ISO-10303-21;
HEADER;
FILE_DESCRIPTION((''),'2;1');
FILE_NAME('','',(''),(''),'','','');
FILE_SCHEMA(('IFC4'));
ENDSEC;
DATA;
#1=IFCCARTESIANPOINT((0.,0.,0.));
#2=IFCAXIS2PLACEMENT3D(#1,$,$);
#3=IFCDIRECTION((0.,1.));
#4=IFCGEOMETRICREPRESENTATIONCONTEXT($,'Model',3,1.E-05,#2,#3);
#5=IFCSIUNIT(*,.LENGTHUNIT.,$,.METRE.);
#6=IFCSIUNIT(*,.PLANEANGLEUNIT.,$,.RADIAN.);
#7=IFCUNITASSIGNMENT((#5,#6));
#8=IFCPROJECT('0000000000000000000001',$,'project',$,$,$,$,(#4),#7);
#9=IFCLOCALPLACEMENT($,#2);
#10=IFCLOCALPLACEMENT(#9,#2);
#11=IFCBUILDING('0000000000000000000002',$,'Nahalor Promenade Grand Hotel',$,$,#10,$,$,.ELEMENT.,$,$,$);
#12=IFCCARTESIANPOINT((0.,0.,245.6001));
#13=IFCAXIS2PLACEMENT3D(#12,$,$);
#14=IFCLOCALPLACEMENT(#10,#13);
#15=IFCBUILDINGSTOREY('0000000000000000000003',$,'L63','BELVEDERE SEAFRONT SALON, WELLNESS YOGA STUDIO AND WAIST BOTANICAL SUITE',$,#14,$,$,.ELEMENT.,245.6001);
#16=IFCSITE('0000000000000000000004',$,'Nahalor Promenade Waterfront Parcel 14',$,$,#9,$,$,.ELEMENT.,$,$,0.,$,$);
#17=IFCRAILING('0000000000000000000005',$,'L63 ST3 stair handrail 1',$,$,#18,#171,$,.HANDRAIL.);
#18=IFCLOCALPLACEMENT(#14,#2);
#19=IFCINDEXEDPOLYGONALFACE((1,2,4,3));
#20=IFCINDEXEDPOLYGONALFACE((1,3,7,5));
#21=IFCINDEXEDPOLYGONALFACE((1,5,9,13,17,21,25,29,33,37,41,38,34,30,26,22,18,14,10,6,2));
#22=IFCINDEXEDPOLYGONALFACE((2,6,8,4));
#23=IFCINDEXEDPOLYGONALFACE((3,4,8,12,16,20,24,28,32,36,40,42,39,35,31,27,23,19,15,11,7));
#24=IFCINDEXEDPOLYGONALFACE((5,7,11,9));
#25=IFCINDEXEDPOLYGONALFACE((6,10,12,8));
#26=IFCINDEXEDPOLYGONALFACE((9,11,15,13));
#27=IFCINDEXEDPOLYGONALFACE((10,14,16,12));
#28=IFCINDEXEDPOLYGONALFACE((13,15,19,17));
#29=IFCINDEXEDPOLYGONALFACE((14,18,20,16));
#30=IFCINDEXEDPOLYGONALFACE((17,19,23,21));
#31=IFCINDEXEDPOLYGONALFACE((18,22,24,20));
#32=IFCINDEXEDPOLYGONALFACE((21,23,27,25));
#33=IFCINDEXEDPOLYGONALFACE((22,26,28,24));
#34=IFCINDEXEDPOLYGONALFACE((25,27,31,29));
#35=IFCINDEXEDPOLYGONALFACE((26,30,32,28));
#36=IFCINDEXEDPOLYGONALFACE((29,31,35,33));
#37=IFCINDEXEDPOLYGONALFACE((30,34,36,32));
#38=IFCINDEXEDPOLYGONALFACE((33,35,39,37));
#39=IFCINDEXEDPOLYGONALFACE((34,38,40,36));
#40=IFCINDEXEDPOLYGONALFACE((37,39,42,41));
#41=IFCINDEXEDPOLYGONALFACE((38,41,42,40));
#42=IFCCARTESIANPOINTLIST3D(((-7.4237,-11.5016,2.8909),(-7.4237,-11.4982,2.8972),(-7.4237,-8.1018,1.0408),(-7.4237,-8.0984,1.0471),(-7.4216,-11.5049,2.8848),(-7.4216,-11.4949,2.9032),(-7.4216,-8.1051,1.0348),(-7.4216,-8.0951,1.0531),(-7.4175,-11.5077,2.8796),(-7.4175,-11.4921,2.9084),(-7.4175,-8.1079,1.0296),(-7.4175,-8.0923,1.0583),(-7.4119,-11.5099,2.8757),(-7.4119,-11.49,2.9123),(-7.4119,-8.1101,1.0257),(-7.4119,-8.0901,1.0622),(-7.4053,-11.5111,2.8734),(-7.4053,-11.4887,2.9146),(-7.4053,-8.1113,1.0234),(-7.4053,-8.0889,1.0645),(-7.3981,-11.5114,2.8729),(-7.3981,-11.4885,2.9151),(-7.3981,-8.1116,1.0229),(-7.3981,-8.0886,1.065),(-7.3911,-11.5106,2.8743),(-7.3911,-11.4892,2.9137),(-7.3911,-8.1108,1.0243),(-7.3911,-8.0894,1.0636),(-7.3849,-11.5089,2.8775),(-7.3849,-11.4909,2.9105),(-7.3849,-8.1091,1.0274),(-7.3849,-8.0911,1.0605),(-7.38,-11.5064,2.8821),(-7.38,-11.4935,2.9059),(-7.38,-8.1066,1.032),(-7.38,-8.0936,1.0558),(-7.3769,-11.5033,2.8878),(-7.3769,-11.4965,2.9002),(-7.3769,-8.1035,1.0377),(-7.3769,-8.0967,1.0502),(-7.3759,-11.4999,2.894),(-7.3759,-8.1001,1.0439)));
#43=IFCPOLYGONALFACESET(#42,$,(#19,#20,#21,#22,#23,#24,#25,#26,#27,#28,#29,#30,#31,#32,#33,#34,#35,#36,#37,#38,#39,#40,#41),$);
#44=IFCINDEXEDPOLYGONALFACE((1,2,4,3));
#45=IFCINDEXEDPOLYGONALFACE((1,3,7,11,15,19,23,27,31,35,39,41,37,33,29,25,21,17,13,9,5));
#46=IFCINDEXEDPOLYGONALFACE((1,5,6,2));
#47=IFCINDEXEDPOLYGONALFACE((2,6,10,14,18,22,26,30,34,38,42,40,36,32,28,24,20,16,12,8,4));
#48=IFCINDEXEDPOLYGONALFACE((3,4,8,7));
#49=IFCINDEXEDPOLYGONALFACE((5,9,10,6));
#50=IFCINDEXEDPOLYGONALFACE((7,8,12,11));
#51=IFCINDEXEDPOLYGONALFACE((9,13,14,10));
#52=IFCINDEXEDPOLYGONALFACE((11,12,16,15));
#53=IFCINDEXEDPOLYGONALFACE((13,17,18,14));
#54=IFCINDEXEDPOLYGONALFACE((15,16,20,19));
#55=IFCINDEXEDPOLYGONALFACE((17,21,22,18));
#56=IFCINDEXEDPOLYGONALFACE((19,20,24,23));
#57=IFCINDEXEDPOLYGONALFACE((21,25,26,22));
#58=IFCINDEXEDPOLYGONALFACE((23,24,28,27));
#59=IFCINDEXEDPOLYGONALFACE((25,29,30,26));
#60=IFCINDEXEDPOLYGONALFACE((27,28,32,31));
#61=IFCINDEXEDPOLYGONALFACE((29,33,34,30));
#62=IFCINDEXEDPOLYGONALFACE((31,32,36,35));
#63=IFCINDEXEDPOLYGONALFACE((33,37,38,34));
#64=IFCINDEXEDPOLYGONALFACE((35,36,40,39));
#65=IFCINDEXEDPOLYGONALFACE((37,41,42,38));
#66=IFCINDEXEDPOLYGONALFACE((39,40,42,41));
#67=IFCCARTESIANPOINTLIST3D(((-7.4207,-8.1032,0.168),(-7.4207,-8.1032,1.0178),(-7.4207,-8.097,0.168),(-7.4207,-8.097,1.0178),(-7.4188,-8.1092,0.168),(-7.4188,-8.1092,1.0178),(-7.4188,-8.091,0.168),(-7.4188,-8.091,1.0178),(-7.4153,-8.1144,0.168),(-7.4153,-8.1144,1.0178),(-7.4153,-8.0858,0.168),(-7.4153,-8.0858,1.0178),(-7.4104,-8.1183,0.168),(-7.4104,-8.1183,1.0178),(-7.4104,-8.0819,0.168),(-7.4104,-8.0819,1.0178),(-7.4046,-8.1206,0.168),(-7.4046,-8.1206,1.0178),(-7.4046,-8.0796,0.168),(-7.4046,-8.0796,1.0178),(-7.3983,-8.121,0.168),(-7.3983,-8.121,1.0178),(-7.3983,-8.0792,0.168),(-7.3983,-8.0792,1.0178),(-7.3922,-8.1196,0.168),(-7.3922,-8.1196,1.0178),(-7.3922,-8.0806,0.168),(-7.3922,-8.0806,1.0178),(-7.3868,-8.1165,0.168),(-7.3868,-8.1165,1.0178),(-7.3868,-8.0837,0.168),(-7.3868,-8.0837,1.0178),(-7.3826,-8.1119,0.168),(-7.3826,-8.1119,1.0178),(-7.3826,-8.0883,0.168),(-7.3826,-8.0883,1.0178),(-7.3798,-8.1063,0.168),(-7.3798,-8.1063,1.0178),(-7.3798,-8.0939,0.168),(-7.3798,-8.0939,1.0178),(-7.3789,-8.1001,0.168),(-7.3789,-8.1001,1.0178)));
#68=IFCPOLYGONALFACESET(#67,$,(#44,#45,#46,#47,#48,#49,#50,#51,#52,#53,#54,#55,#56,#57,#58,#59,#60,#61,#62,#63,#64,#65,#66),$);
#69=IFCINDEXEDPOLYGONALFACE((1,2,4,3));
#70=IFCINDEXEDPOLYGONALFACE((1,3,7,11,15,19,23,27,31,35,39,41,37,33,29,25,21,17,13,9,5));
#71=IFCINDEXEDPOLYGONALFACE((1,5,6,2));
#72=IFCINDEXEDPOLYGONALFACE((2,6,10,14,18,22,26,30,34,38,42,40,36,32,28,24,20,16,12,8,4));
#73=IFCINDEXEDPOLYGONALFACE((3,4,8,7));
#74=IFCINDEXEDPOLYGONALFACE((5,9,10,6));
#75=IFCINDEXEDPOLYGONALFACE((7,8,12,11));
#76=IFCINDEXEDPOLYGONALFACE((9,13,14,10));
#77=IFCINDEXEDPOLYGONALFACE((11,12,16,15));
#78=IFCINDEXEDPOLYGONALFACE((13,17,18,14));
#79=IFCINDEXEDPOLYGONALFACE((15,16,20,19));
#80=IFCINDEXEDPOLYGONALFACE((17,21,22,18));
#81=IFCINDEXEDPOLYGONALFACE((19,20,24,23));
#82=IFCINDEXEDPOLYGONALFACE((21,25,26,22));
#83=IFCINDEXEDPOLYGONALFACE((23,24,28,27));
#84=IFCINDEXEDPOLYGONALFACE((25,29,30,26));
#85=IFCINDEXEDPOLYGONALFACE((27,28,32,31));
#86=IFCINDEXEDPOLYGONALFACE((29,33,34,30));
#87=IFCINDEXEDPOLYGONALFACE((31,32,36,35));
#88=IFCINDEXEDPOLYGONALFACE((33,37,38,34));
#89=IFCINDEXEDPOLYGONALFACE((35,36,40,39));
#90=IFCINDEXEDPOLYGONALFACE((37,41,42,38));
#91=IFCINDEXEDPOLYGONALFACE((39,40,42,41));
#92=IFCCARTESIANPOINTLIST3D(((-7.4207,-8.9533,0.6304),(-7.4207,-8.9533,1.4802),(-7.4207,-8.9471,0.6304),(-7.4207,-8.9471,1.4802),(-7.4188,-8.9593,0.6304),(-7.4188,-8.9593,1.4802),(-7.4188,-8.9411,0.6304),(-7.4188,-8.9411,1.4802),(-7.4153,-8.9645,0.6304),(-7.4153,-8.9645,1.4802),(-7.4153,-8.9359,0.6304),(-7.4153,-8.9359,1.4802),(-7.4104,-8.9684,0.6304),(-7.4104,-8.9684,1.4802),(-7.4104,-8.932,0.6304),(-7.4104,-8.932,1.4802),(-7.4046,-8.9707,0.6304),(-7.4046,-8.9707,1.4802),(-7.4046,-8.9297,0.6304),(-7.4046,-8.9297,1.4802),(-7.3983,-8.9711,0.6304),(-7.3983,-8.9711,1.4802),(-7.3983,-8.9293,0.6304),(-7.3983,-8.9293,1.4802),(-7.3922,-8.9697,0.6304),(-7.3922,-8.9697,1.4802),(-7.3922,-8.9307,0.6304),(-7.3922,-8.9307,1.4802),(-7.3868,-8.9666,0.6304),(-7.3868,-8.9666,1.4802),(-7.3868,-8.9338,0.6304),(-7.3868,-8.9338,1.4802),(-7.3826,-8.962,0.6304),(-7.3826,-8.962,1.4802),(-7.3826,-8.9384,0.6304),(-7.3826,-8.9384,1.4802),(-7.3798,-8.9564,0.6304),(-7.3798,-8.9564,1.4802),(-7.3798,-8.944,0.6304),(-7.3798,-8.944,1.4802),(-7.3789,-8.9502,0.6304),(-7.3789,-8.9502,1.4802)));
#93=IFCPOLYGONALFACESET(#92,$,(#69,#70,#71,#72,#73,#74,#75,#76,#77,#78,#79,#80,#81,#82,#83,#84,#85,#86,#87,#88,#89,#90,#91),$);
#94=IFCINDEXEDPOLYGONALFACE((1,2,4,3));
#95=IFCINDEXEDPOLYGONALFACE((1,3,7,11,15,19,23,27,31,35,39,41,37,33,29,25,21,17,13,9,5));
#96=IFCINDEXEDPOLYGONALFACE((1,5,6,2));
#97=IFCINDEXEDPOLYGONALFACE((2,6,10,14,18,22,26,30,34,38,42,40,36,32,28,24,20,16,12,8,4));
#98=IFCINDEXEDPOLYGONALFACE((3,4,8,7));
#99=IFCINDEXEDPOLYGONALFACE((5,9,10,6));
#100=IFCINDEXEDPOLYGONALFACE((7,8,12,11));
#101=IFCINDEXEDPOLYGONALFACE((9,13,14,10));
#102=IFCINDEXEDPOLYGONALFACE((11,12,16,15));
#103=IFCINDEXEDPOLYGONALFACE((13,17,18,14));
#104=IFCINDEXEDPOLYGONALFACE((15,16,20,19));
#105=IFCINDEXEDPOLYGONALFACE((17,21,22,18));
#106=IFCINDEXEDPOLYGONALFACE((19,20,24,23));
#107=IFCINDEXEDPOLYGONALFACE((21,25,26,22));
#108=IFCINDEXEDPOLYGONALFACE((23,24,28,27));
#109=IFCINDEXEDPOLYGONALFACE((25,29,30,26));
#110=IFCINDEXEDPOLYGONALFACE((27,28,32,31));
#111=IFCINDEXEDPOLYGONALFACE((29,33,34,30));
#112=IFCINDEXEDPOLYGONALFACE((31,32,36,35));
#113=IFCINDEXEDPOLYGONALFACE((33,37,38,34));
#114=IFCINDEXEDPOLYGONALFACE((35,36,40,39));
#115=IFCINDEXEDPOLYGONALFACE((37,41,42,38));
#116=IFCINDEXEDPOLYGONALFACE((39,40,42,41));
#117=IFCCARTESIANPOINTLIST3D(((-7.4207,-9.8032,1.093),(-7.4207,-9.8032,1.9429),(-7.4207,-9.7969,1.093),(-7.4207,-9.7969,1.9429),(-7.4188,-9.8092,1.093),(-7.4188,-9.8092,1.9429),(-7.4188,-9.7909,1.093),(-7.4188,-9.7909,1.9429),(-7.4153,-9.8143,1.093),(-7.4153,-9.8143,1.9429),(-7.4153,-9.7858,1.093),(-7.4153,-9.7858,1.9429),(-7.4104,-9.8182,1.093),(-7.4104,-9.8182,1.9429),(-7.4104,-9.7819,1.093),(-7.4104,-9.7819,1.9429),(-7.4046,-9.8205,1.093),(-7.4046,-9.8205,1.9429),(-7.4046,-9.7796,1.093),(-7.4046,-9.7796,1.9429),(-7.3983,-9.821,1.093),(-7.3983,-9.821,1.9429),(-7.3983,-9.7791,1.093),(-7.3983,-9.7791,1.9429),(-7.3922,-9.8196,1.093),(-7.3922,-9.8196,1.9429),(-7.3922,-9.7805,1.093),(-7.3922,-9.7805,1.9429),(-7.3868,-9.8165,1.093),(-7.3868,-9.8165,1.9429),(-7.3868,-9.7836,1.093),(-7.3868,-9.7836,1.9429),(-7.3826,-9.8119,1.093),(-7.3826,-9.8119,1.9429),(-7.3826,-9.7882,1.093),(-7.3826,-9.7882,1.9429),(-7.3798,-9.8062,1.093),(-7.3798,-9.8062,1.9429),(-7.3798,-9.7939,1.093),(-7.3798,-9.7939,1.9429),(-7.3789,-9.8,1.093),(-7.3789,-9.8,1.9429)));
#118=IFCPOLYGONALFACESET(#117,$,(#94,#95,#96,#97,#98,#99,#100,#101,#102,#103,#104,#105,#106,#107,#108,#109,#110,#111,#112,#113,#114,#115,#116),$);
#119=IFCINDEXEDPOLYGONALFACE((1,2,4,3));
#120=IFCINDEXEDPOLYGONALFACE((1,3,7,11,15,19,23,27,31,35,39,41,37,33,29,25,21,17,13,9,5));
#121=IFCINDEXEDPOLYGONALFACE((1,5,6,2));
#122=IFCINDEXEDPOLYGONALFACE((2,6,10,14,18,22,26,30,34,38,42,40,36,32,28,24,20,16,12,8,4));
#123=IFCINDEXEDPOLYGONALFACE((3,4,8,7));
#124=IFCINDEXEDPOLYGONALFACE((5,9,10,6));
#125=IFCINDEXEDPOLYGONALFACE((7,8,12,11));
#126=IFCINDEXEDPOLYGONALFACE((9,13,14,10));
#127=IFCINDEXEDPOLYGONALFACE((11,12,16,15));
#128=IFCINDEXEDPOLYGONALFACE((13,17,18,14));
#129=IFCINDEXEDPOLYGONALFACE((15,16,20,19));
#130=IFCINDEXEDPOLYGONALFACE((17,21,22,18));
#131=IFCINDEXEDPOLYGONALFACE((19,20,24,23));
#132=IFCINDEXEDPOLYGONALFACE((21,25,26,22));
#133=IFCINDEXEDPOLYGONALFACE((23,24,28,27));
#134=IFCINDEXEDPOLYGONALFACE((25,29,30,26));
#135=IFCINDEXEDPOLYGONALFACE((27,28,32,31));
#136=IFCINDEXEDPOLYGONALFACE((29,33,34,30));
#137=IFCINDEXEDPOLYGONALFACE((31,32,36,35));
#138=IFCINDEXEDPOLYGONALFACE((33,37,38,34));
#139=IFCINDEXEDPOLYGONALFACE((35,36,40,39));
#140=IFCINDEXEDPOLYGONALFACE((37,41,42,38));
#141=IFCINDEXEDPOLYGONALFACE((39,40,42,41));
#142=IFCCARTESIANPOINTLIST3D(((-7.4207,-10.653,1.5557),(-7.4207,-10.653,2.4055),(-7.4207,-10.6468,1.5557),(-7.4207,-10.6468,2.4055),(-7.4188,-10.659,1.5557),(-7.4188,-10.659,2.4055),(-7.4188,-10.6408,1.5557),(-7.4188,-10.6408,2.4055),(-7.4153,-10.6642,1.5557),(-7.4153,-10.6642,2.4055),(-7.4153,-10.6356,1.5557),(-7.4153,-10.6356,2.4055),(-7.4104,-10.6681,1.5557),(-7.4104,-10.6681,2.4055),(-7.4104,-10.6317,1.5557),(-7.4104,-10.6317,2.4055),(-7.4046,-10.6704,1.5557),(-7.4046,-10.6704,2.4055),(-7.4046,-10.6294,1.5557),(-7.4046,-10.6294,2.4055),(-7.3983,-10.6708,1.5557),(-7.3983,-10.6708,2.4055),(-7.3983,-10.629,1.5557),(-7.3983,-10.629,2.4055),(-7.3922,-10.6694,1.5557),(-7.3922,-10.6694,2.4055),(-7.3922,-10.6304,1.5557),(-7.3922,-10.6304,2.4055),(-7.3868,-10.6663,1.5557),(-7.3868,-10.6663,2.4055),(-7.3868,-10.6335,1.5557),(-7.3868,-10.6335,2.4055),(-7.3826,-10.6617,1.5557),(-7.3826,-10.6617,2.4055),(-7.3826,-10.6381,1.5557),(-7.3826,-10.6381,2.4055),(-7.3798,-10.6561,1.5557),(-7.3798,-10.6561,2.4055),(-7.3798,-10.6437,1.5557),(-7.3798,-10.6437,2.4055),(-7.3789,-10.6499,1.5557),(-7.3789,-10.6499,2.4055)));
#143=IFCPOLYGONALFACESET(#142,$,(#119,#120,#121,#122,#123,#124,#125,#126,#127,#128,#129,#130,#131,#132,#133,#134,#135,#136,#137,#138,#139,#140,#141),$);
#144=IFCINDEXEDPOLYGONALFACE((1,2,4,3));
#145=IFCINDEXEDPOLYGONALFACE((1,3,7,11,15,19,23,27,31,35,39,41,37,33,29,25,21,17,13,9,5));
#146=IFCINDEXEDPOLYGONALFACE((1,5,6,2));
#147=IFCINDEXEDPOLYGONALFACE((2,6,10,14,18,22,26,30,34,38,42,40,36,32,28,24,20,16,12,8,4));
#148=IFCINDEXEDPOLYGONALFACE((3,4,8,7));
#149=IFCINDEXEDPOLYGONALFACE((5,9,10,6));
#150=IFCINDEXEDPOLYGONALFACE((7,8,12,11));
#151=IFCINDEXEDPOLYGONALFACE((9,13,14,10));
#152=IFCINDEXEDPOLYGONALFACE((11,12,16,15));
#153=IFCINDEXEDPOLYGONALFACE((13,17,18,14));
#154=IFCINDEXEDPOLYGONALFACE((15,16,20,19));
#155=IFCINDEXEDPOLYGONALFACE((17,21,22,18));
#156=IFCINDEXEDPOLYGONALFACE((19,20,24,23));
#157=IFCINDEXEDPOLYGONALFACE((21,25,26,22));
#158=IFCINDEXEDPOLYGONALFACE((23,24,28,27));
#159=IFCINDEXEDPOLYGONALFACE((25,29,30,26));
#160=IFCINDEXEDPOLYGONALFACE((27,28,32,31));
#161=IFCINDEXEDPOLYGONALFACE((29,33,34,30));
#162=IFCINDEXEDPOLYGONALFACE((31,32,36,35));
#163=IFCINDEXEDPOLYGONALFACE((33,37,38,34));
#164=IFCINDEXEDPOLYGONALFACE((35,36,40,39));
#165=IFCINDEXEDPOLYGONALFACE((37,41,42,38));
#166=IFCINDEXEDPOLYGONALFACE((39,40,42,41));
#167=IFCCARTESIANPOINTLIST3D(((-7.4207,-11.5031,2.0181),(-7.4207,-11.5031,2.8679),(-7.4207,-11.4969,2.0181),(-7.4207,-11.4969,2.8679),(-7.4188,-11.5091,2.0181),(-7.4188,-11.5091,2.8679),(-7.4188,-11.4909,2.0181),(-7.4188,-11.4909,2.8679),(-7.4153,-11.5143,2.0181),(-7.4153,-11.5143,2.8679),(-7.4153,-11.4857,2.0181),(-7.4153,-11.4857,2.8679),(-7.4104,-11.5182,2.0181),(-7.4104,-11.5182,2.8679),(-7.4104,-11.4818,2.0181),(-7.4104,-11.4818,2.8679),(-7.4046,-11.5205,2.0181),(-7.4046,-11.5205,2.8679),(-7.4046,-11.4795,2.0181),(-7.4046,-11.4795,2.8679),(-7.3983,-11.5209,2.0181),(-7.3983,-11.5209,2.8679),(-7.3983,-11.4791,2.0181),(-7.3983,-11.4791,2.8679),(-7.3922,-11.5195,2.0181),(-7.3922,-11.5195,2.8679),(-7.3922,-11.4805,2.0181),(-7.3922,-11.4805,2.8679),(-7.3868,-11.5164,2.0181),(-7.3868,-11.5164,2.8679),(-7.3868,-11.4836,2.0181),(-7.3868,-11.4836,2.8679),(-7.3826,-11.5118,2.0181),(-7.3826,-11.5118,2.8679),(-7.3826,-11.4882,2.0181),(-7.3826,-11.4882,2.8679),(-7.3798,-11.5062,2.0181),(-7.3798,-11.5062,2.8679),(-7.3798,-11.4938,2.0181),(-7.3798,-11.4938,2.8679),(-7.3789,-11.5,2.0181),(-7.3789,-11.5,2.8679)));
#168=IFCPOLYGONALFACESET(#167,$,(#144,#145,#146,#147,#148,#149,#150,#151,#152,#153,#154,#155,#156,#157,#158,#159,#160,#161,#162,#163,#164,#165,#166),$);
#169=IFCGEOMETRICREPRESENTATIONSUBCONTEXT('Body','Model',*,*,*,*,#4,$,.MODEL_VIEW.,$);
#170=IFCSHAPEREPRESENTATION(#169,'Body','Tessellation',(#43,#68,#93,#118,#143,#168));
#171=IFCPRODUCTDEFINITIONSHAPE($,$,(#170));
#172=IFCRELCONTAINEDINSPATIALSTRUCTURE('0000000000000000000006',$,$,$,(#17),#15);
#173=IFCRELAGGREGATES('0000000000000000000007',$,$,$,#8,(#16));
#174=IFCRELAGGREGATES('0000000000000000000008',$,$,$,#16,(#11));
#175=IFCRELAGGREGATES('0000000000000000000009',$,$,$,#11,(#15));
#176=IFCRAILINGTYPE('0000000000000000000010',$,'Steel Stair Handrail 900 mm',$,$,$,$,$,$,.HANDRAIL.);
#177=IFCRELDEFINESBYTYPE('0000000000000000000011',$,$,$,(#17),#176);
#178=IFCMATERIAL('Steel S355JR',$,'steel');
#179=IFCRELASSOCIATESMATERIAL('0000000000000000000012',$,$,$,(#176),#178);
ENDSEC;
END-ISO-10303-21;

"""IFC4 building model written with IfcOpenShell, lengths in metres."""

from ifc_helpers import new_model, si_unit, direction, frame, origin, origin_2d, place, context, subcontext, project, spatial, circle, extrude, material, type_object, element, save


model = new_model("IFC4")

# Units and contexts
model_context = context("Model", 3, precision=1e-05, world=origin(), true_north=direction((0.0, 1.0)))
body_context = subcontext(model_context, "Body", "Model", "MODEL_VIEW")
ifc_project = project(units=[si_unit("LENGTHUNIT", "METRE"), si_unit("PLANEANGLEUNIT", "RADIAN")], contexts=[model_context])

# Site, building, storey
site_placement = place(None, origin())
site = spatial("IfcSite", under=ifc_project, at=site_placement, Name="Nahalor Promenade Waterfront Parcel 14", CompositionType="ELEMENT", RefElevation=0.0)
building_placement = place(site_placement, origin())
building = spatial("IfcBuilding", under=site, at=building_placement, Name="Nahalor Promenade Grand Hotel", CompositionType="ELEMENT")
storey_placement = place(building_placement, frame((0.0, 0.0, 245.6001)))
storey = spatial("IfcBuildingStorey", under=building, at=storey_placement, Name="L63", Description="BELVEDERE SEAFRONT SALON, WELLNESS YOGA STUDIO AND WAIST BOTANICAL SUITE", CompositionType="ELEMENT", Elevation=245.6001)

# Shared definitions
ifc_material_1 = material(Name="Steel S355JR", Category="steel")

# Railing
railing_type_1 = type_object("IfcRailingType", Name="Steel Stair Handrail 900 mm", PredefinedType="HANDRAIL", material=ifc_material_1)
railing_1_placement = place(storey_placement, frame((-7.3999, -8.1001, 0.168)))
element("IfcRailing", 1, at=railing_1_placement, inside=storey, type_object=railing_type_1, Name="L63 ST3 stair handrail 1", PredefinedType="HANDRAIL", context=body_context, shape_type="SweptSolid", body=[
    extrude(circle(Radius=0.024, at=origin_2d()), frame((0.0, 0.0, 0.876), z_axis=(0.0, -0.878372, 0.477977), x_axis=(1.0, 0.0, 0.0)), (0.0, 0.0, 1.0), 3.8706),
    extrude(circle(Radius=0.021, at=origin_2d()), origin(), (0.0, 0.0, 1.0), 0.8499),
    extrude(circle(Radius=0.021, at=origin_2d()), frame((0.0, -0.8501, 0.4624)), (0.0, 0.0, 1.0), 0.8499),
    extrude(circle(Radius=0.021, at=origin_2d()), frame((0.0, -1.7, 0.925)), (0.0, 0.0, 1.0), 0.8499),
    extrude(circle(Radius=0.021, at=origin_2d()), frame((0.0, -2.5498, 1.3877)), (0.0, 0.0, 1.0), 0.8499),
    extrude(circle(Radius=0.021, at=origin_2d()), frame((0.0, -3.3999, 1.8501)), (0.0, 0.0, 1.0), 0.8499),
])

save(model, "model.ifc")
